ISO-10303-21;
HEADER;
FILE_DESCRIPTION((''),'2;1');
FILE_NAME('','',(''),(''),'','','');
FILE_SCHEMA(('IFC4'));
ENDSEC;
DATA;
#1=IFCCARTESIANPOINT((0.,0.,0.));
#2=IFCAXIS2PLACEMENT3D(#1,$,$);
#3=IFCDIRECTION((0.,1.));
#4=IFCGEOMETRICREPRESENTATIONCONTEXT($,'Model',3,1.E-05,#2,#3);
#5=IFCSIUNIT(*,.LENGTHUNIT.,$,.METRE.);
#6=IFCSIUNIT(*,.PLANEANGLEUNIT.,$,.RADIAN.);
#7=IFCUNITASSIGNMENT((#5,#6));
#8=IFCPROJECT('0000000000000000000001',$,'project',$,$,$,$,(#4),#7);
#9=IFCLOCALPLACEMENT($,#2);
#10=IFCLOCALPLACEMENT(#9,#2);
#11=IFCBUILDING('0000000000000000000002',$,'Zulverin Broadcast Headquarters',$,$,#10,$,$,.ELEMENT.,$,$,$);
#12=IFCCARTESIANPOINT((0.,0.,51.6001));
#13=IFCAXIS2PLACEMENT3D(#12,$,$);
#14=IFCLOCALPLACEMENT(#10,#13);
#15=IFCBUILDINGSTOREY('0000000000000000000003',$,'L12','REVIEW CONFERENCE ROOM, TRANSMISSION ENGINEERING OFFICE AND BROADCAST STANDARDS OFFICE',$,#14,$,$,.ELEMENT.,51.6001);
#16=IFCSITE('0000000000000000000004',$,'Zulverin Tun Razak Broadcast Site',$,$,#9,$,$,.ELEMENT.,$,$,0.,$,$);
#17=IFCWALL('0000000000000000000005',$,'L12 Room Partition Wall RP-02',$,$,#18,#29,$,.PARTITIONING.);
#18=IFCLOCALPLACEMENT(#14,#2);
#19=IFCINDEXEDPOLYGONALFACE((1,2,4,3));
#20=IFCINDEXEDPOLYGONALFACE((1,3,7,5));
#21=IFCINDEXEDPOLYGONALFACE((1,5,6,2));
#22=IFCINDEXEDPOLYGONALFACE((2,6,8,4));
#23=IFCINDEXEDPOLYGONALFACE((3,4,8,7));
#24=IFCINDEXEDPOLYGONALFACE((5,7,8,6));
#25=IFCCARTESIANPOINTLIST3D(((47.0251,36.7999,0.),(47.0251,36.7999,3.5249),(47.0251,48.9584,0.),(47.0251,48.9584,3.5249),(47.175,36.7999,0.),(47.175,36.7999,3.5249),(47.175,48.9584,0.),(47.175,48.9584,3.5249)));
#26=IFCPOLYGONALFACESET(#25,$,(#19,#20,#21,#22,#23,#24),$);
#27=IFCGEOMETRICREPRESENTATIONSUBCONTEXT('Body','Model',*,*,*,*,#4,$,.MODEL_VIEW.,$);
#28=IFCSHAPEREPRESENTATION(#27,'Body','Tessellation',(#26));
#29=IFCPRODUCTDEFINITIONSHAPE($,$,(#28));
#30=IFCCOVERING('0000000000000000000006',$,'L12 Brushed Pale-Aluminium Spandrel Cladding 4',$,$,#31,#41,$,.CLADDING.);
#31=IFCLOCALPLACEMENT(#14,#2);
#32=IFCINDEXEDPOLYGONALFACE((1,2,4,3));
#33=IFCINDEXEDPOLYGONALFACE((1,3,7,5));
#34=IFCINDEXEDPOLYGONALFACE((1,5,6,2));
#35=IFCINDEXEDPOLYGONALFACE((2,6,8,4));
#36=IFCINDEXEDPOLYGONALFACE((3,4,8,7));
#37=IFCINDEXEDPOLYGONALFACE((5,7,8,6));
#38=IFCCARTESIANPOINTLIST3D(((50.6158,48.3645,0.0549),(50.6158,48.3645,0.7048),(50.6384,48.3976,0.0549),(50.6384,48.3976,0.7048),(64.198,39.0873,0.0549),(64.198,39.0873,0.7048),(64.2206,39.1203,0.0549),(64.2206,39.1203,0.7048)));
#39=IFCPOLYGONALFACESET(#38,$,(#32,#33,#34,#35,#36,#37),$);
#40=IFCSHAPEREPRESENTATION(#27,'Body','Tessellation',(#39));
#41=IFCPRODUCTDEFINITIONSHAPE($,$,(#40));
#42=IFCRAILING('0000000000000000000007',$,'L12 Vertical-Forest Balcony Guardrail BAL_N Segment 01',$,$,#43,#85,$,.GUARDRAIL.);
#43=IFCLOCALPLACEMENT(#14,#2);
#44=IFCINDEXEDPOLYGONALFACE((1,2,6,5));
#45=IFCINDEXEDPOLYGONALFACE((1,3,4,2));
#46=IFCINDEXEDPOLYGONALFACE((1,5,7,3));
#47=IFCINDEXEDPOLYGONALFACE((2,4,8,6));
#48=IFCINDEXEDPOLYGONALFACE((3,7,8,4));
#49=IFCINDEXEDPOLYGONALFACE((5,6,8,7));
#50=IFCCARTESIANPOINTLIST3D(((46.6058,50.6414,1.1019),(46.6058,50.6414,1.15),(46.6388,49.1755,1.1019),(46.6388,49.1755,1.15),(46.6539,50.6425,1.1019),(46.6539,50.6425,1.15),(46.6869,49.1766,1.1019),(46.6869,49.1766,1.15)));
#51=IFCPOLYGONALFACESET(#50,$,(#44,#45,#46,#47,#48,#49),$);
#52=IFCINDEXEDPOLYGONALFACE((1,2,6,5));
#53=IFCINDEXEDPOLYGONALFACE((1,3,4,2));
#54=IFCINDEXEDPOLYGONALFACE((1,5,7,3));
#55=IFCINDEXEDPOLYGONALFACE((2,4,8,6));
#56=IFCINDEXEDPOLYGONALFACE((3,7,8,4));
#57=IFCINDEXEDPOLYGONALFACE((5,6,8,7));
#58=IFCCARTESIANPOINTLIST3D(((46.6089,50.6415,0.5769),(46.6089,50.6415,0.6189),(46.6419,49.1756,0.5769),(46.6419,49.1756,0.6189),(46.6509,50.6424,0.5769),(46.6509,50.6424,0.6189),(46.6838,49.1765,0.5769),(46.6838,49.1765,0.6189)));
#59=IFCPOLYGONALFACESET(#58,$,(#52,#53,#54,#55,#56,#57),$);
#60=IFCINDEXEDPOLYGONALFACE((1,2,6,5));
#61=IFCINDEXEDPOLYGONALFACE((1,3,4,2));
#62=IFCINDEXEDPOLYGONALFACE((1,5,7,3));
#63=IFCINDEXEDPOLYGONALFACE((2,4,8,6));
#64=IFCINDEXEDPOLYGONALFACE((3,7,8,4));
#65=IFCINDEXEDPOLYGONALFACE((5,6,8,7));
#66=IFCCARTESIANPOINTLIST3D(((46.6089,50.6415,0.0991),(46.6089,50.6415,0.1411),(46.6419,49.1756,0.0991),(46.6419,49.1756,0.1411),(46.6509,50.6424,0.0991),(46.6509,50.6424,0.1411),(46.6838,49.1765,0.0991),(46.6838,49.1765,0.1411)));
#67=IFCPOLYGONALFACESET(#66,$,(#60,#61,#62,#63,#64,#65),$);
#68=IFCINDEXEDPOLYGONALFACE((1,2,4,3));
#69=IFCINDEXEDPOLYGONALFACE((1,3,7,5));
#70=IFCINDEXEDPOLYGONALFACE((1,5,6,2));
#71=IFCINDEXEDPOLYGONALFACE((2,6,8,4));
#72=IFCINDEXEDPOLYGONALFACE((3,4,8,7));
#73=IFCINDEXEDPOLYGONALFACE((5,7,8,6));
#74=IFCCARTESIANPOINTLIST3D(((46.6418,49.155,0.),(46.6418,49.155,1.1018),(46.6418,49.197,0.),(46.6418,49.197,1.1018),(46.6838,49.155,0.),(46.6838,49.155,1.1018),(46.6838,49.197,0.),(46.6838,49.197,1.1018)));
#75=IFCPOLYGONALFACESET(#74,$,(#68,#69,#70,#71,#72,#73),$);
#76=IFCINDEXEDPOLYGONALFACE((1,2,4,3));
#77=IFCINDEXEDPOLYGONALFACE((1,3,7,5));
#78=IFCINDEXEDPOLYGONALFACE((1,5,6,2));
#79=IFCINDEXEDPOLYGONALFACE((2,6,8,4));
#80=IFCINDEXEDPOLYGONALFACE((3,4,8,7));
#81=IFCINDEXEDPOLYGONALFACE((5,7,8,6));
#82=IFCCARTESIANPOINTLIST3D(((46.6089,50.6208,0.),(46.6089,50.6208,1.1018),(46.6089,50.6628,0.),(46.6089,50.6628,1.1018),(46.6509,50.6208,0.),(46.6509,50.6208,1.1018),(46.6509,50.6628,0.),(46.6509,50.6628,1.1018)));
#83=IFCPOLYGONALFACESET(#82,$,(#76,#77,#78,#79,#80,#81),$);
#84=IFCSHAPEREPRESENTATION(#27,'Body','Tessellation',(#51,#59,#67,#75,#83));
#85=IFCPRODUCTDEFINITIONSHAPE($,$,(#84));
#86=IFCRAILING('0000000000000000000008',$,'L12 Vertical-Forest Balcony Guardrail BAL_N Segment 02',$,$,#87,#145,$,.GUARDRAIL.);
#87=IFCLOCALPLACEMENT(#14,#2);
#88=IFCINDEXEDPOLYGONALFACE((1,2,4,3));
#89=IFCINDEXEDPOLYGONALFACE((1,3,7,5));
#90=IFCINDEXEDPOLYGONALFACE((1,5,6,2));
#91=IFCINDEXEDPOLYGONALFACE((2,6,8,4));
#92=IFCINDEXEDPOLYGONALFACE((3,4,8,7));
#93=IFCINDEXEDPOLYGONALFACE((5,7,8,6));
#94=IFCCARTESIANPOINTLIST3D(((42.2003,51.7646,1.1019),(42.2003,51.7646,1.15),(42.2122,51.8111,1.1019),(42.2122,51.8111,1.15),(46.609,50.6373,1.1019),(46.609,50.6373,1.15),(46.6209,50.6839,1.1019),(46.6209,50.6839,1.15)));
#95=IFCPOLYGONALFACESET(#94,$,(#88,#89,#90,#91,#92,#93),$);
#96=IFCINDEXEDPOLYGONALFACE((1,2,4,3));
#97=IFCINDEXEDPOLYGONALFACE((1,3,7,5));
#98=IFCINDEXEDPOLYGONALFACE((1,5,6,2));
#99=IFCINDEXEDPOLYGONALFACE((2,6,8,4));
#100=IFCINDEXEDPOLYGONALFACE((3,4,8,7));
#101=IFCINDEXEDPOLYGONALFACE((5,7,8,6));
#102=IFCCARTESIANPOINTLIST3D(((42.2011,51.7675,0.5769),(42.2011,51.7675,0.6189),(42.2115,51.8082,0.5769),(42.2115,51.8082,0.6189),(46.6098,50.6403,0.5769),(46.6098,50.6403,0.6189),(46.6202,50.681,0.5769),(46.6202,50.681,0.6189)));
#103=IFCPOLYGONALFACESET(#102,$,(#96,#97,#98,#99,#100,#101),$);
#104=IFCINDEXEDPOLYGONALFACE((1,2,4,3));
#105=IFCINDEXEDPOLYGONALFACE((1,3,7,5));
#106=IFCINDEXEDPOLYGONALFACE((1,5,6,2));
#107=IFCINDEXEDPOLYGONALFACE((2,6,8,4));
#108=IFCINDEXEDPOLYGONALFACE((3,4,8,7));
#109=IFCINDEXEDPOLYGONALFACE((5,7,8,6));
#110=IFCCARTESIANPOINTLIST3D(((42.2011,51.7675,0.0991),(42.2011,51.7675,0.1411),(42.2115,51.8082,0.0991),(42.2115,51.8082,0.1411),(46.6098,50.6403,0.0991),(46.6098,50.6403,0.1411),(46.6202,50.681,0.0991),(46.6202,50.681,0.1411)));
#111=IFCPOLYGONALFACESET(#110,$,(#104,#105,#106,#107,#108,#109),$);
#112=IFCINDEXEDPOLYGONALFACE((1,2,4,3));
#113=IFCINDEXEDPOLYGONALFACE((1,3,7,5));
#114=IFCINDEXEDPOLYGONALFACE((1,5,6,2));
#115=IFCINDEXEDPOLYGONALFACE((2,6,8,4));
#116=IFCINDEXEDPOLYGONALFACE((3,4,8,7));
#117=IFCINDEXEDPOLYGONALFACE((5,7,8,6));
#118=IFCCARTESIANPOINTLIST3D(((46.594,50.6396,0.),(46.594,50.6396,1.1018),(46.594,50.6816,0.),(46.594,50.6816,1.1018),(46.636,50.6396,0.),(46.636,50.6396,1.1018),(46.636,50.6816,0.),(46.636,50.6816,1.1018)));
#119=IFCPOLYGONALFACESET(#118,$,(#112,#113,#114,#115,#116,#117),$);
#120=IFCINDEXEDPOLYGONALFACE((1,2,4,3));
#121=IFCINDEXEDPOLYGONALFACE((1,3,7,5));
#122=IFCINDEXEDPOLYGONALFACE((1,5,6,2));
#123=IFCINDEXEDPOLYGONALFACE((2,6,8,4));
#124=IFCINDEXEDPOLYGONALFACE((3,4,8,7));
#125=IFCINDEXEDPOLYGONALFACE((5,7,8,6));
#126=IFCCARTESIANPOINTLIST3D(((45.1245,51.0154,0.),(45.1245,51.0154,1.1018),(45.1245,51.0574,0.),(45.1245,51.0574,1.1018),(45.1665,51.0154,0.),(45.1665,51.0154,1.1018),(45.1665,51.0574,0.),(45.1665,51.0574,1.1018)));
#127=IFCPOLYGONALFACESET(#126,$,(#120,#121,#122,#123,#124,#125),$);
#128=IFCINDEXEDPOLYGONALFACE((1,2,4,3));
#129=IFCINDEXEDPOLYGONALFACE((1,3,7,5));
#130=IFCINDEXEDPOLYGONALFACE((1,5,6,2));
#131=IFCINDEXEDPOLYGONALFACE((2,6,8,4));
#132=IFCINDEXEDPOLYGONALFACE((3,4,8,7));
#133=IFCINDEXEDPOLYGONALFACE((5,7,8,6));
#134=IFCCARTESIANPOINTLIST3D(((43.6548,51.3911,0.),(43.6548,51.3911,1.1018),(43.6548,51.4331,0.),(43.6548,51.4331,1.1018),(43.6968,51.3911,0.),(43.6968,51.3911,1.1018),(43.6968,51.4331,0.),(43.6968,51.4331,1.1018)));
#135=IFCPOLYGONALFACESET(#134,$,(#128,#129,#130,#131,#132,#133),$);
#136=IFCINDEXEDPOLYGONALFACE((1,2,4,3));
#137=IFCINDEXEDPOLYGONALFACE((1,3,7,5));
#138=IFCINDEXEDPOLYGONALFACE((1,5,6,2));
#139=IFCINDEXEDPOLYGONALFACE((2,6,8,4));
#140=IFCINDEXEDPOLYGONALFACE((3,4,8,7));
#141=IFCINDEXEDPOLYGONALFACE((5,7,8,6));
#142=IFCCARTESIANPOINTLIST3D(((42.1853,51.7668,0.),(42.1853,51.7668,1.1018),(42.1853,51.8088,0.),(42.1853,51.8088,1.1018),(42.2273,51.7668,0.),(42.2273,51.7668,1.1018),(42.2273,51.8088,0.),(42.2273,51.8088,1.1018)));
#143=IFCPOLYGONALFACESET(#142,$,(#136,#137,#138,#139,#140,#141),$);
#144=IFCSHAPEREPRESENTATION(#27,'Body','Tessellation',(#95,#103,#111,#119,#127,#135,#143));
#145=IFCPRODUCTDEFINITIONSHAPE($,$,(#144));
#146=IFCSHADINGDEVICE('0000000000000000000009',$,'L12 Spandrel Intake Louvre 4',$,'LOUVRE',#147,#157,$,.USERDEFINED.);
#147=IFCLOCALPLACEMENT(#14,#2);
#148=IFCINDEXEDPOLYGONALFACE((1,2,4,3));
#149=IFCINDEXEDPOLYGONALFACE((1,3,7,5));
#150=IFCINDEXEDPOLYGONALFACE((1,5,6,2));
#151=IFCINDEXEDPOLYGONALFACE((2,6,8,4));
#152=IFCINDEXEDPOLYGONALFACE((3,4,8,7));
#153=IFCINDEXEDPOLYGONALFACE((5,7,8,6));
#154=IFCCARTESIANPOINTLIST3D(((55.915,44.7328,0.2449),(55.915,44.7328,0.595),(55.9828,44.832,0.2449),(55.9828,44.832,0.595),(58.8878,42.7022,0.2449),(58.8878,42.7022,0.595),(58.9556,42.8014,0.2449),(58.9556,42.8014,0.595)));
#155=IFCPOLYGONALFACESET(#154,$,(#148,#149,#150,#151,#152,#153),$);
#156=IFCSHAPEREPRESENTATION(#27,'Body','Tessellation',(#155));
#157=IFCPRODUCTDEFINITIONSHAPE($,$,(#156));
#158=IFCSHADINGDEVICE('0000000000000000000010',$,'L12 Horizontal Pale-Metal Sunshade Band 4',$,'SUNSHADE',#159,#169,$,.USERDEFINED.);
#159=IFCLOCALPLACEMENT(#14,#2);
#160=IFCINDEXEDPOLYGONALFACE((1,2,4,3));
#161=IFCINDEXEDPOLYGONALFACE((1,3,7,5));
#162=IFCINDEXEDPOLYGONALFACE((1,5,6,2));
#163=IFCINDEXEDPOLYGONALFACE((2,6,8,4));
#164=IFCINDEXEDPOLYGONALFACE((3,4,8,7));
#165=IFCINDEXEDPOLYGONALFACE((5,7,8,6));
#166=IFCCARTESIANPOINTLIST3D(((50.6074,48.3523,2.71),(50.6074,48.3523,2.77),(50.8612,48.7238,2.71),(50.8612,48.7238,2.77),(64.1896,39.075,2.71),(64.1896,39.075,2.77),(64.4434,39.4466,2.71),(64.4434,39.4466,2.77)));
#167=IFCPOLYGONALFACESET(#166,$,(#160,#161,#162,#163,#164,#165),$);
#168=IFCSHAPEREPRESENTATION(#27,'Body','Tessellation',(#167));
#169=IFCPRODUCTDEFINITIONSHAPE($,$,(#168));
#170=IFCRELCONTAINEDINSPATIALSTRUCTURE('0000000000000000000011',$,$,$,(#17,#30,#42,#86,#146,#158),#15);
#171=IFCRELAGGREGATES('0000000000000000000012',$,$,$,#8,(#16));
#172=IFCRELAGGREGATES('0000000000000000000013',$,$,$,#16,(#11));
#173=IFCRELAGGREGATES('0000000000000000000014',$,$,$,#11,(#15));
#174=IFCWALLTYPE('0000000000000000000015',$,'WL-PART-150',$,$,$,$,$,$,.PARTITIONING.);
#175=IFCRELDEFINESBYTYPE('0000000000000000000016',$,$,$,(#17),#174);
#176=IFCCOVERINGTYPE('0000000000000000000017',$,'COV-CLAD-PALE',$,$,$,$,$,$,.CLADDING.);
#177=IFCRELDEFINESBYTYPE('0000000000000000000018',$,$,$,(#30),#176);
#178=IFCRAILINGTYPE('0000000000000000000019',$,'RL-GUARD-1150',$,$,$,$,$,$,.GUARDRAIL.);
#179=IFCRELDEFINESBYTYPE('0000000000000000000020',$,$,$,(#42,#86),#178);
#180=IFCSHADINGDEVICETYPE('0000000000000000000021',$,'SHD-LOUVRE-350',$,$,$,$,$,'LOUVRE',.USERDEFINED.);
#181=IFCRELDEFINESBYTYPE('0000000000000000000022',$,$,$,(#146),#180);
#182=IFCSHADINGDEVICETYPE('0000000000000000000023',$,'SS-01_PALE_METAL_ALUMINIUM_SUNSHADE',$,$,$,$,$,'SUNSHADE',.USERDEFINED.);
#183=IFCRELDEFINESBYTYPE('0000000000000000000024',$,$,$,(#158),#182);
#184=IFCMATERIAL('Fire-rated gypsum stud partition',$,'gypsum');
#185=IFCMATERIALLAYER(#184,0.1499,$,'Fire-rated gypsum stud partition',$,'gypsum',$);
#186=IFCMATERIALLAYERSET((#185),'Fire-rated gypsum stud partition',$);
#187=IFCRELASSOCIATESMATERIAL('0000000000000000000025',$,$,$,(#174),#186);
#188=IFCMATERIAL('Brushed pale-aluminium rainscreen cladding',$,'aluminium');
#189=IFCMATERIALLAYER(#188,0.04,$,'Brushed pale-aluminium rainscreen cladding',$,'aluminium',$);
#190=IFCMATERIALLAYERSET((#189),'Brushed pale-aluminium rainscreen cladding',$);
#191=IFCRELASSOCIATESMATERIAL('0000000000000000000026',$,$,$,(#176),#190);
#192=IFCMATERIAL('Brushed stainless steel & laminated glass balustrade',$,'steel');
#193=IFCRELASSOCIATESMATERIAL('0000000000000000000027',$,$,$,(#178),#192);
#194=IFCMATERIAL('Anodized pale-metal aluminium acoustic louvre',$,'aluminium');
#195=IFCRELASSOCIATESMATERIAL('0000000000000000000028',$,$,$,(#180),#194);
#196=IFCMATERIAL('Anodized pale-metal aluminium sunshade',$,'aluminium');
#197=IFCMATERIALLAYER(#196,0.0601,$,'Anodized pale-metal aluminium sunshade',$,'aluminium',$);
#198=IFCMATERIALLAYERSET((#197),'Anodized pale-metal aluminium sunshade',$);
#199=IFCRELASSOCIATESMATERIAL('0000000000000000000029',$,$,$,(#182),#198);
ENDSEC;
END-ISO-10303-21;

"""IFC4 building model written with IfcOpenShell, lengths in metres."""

from ifc_helpers import new_model, si_unit, direction, frame, frame_2d, origin, origin_2d, place, context, subcontext, project, spatial, rectangle, extrude, material, layer, layer_set, type_object, element, save


model = new_model("IFC4")

# Units and contexts
model_context = context("Model", 3, precision=1e-05, world=origin(), true_north=direction((0.0, 1.0)))
body_context = subcontext(model_context, "Body", "Model", "MODEL_VIEW")
ifc_project = project(units=[si_unit("LENGTHUNIT", "METRE"), si_unit("PLANEANGLEUNIT", "RADIAN")], contexts=[model_context])

# Site, building, storey
site_placement = place(None, origin())
site = spatial("IfcSite", under=ifc_project, at=site_placement, Name="Zulverin Tun Razak Broadcast Site", CompositionType="ELEMENT", RefElevation=0.0)
building_placement = place(site_placement, origin())
building = spatial("IfcBuilding", under=site, at=building_placement, Name="Zulverin Broadcast Headquarters", CompositionType="ELEMENT")
storey_placement = place(building_placement, frame((0.0, 0.0, 51.6001)))
storey = spatial("IfcBuildingStorey", under=building, at=storey_placement, Name="L12", Description="REVIEW CONFERENCE ROOM, TRANSMISSION ENGINEERING OFFICE AND BROADCAST STANDARDS OFFICE", CompositionType="ELEMENT", Elevation=51.6001)

# Wall
ifc_material_1 = material(Name="Fire-rated gypsum stud partition", Category="gypsum")
ifc_layer_1 = layer(ifc_material_1, 0.1499, Name="Fire-rated gypsum stud partition", Category="gypsum")
ifc_layer_set_1 = layer_set([ifc_layer_1], Name="Fire-rated gypsum stud partition")
wall_type_1 = type_object("IfcWallType", Name="WL-PART-150", PredefinedType="PARTITIONING", material=ifc_layer_set_1)
wall_1_placement = place(storey_placement, frame((47.1001, 36.8, 0.0), z_axis=(0.0, 0.0, 1.0), x_axis=(0.0, 1.0, 0.0)))
element("IfcWall", 1, at=wall_1_placement, inside=storey, type_object=wall_type_1, Name="L12 Room Partition Wall RP-02", PredefinedType="PARTITIONING", context=body_context, shape_type="SweptSolid", body=[
    extrude(rectangle(XDim=12.1584, YDim=0.1499, at=frame_2d((6.0791, 0.0))), origin(), (0.0, 0.0, 1.0), 3.5249),
])

# Covering
ifc_material_2 = material(Name="Brushed pale-aluminium rainscreen cladding", Category="aluminium")
ifc_layer_2 = layer(ifc_material_2, 0.04, Name="Brushed pale-aluminium rainscreen cladding", Category="aluminium")
ifc_layer_set_2 = layer_set([ifc_layer_2], Name="Brushed pale-aluminium rainscreen cladding")
covering_type = type_object("IfcCoveringType", Name="COV-CLAD-PALE", PredefinedType="CLADDING", material=ifc_layer_set_2)
covering_placement = place(storey_placement, frame((57.4182, 43.7424, 0.0549), z_axis=(0.0, 0.0, 1.0), x_axis=(-0.825757, 0.564026, 0.0)))
element("IfcCovering", 2, at=covering_placement, inside=storey, type_object=covering_type, Name="L12 Brushed Pale-Aluminium Spandrel Cladding 4", PredefinedType="CLADDING", context=body_context, shape_type="SweptSolid", body=[
    extrude(rectangle(XDim=16.4482, YDim=0.04, at=origin_2d()), origin(), (0.0, 0.0, 1.0), 0.6499),
])

# Railings
ifc_material_3 = material(Name="Brushed stainless steel & laminated glass balustrade", Category="steel")
railing_type = type_object("IfcRailingType", Name="RL-GUARD-1150", PredefinedType="GUARDRAIL", material=ifc_material_3)
railing_1_placement = place(storey_placement, frame((46.6628, 49.176, 0.0)))
element("IfcRailing", 3, at=railing_1_placement, inside=storey, type_object=railing_type, Name="L12 Vertical-Forest Balcony Guardrail BAL_N Segment 01", PredefinedType="GUARDRAIL", context=body_context, shape_type="SweptSolid", body=[
    extrude(rectangle(XDim=0.0481, YDim=0.0481, at=origin_2d()), frame((0.0, 0.0, 1.126), z_axis=(-0.022479, 0.999747, 0.0), x_axis=(-0.999747, -0.022479, 0.0)), (0.0, 0.0, 1.0), 1.4663),
    extrude(rectangle(XDim=0.042, YDim=0.042, at=origin_2d()), frame((0.0, 0.0, 0.5979), z_axis=(-0.022479, 0.999747, 0.0), x_axis=(-0.999747, -0.022479, 0.0)), (0.0, 0.0, 1.0), 1.4663),
    extrude(rectangle(XDim=0.042, YDim=0.042, at=origin_2d()), frame((0.0, 0.0, 0.1201), z_axis=(-0.022479, 0.999747, 0.0), x_axis=(-0.999747, -0.022479, 0.0)), (0.0, 0.0, 1.0), 1.4663),
    extrude(rectangle(XDim=0.042, YDim=0.042, at=origin_2d()), origin(), (0.0, 0.0, 1.0), 1.1018),
    extrude(rectangle(XDim=0.042, YDim=0.042, at=origin_2d()), frame((-0.033, 1.4658, 0.0)), (0.0, 0.0, 1.0), 1.1018),
])
railing_2_placement = place(storey_placement, frame((46.615, 50.6606, 0.0)))
element("IfcRailing", 4, at=railing_2_placement, inside=storey, type_object=railing_type, Name="L12 Vertical-Forest Balcony Guardrail BAL_N Segment 02", PredefinedType="GUARDRAIL", context=body_context, shape_type="SweptSolid", body=[
    extrude(rectangle(XDim=0.0481, YDim=0.0481, at=origin_2d()), frame((0.0, 0.0, 1.126), z_axis=(-0.968835, 0.247708, 0.0), x_axis=(-0.247708, -0.968835, 0.0)), (0.0, 0.0, 1.0), 4.5505),
    extrude(rectangle(XDim=0.042, YDim=0.042, at=origin_2d()), frame((0.0, 0.0, 0.5979), z_axis=(-0.968835, 0.247708, 0.0), x_axis=(-0.247708, -0.968835, 0.0)), (0.0, 0.0, 1.0), 4.5505),
    extrude(rectangle(XDim=0.042, YDim=0.042, at=origin_2d()), frame((0.0, 0.0, 0.1201), z_axis=(-0.968835, 0.247708, 0.0), x_axis=(-0.247708, -0.968835, 0.0)), (0.0, 0.0, 1.0), 4.5505),
    extrude(rectangle(XDim=0.042, YDim=0.042, at=origin_2d()), origin(), (0.0, 0.0, 1.0), 1.1018),
    extrude(rectangle(XDim=0.042, YDim=0.042, at=origin_2d()), frame((-1.4695, 0.3757, 0.0)), (0.0, 0.0, 1.0), 1.1018),
    extrude(rectangle(XDim=0.042, YDim=0.042, at=origin_2d()), frame((-2.9392, 0.7515, 0.0)), (0.0, 0.0, 1.0), 1.1018),
    extrude(rectangle(XDim=0.042, YDim=0.042, at=origin_2d()), frame((-4.4087, 1.1272, 0.0)), (0.0, 0.0, 1.0), 1.1018),
])

# Shading devices
ifc_material_4 = material(Name="Anodized pale-metal aluminium acoustic louvre", Category="aluminium")
shading_device_type_1 = type_object("IfcShadingDeviceType", Name="SHD-LOUVRE-350", ElementType="LOUVRE", PredefinedType="USERDEFINED", material=ifc_material_4)
shading_device_1_placement = place(storey_placement, frame((57.4353, 43.7671, 0.2449), z_axis=(0.0, 0.0, 1.0), x_axis=(-0.825757, 0.564026, 0.0)))
element("IfcShadingDevice", 5, at=shading_device_1_placement, inside=storey, type_object=shading_device_type_1, Name="L12 Spandrel Intake Louvre 4", ObjectType="LOUVRE", PredefinedType="USERDEFINED", context=body_context, shape_type="SweptSolid", body=[
    extrude(rectangle(XDim=3.6001, YDim=0.1201, at=origin_2d()), origin(), (0.0, 0.0, 1.0), 0.3501),
])
ifc_material_5 = material(Name="Anodized pale-metal aluminium sunshade", Category="aluminium")
ifc_layer_3 = layer(ifc_material_5, 0.0601, Name="Anodized pale-metal aluminium sunshade", Category="aluminium")
ifc_layer_set_3 = layer_set([ifc_layer_3], Name="Anodized pale-metal aluminium sunshade")
shading_device_type_2 = type_object("IfcShadingDeviceType", Name="SS-01_PALE_METAL_ALUMINIUM_SUNSHADE", ElementType="SUNSHADE", PredefinedType="USERDEFINED", material=ifc_layer_set_3)
shading_device_2_placement = place(storey_placement, frame((57.5254, 43.8994, 2.71), z_axis=(0.0, 0.0, 1.0), x_axis=(-0.825757, 0.564026, 0.0)))
element("IfcShadingDevice", 6, at=shading_device_2_placement, inside=storey, type_object=shading_device_type_2, Name="L12 Horizontal Pale-Metal Sunshade Band 4", ObjectType="SUNSHADE", PredefinedType="USERDEFINED", context=body_context, shape_type="SweptSolid", body=[
    extrude(rectangle(XDim=16.4482, YDim=0.45, at=origin_2d()), origin(), (0.0, 0.0, 1.0), 0.0601),
])

save(model, "model.ifc")
